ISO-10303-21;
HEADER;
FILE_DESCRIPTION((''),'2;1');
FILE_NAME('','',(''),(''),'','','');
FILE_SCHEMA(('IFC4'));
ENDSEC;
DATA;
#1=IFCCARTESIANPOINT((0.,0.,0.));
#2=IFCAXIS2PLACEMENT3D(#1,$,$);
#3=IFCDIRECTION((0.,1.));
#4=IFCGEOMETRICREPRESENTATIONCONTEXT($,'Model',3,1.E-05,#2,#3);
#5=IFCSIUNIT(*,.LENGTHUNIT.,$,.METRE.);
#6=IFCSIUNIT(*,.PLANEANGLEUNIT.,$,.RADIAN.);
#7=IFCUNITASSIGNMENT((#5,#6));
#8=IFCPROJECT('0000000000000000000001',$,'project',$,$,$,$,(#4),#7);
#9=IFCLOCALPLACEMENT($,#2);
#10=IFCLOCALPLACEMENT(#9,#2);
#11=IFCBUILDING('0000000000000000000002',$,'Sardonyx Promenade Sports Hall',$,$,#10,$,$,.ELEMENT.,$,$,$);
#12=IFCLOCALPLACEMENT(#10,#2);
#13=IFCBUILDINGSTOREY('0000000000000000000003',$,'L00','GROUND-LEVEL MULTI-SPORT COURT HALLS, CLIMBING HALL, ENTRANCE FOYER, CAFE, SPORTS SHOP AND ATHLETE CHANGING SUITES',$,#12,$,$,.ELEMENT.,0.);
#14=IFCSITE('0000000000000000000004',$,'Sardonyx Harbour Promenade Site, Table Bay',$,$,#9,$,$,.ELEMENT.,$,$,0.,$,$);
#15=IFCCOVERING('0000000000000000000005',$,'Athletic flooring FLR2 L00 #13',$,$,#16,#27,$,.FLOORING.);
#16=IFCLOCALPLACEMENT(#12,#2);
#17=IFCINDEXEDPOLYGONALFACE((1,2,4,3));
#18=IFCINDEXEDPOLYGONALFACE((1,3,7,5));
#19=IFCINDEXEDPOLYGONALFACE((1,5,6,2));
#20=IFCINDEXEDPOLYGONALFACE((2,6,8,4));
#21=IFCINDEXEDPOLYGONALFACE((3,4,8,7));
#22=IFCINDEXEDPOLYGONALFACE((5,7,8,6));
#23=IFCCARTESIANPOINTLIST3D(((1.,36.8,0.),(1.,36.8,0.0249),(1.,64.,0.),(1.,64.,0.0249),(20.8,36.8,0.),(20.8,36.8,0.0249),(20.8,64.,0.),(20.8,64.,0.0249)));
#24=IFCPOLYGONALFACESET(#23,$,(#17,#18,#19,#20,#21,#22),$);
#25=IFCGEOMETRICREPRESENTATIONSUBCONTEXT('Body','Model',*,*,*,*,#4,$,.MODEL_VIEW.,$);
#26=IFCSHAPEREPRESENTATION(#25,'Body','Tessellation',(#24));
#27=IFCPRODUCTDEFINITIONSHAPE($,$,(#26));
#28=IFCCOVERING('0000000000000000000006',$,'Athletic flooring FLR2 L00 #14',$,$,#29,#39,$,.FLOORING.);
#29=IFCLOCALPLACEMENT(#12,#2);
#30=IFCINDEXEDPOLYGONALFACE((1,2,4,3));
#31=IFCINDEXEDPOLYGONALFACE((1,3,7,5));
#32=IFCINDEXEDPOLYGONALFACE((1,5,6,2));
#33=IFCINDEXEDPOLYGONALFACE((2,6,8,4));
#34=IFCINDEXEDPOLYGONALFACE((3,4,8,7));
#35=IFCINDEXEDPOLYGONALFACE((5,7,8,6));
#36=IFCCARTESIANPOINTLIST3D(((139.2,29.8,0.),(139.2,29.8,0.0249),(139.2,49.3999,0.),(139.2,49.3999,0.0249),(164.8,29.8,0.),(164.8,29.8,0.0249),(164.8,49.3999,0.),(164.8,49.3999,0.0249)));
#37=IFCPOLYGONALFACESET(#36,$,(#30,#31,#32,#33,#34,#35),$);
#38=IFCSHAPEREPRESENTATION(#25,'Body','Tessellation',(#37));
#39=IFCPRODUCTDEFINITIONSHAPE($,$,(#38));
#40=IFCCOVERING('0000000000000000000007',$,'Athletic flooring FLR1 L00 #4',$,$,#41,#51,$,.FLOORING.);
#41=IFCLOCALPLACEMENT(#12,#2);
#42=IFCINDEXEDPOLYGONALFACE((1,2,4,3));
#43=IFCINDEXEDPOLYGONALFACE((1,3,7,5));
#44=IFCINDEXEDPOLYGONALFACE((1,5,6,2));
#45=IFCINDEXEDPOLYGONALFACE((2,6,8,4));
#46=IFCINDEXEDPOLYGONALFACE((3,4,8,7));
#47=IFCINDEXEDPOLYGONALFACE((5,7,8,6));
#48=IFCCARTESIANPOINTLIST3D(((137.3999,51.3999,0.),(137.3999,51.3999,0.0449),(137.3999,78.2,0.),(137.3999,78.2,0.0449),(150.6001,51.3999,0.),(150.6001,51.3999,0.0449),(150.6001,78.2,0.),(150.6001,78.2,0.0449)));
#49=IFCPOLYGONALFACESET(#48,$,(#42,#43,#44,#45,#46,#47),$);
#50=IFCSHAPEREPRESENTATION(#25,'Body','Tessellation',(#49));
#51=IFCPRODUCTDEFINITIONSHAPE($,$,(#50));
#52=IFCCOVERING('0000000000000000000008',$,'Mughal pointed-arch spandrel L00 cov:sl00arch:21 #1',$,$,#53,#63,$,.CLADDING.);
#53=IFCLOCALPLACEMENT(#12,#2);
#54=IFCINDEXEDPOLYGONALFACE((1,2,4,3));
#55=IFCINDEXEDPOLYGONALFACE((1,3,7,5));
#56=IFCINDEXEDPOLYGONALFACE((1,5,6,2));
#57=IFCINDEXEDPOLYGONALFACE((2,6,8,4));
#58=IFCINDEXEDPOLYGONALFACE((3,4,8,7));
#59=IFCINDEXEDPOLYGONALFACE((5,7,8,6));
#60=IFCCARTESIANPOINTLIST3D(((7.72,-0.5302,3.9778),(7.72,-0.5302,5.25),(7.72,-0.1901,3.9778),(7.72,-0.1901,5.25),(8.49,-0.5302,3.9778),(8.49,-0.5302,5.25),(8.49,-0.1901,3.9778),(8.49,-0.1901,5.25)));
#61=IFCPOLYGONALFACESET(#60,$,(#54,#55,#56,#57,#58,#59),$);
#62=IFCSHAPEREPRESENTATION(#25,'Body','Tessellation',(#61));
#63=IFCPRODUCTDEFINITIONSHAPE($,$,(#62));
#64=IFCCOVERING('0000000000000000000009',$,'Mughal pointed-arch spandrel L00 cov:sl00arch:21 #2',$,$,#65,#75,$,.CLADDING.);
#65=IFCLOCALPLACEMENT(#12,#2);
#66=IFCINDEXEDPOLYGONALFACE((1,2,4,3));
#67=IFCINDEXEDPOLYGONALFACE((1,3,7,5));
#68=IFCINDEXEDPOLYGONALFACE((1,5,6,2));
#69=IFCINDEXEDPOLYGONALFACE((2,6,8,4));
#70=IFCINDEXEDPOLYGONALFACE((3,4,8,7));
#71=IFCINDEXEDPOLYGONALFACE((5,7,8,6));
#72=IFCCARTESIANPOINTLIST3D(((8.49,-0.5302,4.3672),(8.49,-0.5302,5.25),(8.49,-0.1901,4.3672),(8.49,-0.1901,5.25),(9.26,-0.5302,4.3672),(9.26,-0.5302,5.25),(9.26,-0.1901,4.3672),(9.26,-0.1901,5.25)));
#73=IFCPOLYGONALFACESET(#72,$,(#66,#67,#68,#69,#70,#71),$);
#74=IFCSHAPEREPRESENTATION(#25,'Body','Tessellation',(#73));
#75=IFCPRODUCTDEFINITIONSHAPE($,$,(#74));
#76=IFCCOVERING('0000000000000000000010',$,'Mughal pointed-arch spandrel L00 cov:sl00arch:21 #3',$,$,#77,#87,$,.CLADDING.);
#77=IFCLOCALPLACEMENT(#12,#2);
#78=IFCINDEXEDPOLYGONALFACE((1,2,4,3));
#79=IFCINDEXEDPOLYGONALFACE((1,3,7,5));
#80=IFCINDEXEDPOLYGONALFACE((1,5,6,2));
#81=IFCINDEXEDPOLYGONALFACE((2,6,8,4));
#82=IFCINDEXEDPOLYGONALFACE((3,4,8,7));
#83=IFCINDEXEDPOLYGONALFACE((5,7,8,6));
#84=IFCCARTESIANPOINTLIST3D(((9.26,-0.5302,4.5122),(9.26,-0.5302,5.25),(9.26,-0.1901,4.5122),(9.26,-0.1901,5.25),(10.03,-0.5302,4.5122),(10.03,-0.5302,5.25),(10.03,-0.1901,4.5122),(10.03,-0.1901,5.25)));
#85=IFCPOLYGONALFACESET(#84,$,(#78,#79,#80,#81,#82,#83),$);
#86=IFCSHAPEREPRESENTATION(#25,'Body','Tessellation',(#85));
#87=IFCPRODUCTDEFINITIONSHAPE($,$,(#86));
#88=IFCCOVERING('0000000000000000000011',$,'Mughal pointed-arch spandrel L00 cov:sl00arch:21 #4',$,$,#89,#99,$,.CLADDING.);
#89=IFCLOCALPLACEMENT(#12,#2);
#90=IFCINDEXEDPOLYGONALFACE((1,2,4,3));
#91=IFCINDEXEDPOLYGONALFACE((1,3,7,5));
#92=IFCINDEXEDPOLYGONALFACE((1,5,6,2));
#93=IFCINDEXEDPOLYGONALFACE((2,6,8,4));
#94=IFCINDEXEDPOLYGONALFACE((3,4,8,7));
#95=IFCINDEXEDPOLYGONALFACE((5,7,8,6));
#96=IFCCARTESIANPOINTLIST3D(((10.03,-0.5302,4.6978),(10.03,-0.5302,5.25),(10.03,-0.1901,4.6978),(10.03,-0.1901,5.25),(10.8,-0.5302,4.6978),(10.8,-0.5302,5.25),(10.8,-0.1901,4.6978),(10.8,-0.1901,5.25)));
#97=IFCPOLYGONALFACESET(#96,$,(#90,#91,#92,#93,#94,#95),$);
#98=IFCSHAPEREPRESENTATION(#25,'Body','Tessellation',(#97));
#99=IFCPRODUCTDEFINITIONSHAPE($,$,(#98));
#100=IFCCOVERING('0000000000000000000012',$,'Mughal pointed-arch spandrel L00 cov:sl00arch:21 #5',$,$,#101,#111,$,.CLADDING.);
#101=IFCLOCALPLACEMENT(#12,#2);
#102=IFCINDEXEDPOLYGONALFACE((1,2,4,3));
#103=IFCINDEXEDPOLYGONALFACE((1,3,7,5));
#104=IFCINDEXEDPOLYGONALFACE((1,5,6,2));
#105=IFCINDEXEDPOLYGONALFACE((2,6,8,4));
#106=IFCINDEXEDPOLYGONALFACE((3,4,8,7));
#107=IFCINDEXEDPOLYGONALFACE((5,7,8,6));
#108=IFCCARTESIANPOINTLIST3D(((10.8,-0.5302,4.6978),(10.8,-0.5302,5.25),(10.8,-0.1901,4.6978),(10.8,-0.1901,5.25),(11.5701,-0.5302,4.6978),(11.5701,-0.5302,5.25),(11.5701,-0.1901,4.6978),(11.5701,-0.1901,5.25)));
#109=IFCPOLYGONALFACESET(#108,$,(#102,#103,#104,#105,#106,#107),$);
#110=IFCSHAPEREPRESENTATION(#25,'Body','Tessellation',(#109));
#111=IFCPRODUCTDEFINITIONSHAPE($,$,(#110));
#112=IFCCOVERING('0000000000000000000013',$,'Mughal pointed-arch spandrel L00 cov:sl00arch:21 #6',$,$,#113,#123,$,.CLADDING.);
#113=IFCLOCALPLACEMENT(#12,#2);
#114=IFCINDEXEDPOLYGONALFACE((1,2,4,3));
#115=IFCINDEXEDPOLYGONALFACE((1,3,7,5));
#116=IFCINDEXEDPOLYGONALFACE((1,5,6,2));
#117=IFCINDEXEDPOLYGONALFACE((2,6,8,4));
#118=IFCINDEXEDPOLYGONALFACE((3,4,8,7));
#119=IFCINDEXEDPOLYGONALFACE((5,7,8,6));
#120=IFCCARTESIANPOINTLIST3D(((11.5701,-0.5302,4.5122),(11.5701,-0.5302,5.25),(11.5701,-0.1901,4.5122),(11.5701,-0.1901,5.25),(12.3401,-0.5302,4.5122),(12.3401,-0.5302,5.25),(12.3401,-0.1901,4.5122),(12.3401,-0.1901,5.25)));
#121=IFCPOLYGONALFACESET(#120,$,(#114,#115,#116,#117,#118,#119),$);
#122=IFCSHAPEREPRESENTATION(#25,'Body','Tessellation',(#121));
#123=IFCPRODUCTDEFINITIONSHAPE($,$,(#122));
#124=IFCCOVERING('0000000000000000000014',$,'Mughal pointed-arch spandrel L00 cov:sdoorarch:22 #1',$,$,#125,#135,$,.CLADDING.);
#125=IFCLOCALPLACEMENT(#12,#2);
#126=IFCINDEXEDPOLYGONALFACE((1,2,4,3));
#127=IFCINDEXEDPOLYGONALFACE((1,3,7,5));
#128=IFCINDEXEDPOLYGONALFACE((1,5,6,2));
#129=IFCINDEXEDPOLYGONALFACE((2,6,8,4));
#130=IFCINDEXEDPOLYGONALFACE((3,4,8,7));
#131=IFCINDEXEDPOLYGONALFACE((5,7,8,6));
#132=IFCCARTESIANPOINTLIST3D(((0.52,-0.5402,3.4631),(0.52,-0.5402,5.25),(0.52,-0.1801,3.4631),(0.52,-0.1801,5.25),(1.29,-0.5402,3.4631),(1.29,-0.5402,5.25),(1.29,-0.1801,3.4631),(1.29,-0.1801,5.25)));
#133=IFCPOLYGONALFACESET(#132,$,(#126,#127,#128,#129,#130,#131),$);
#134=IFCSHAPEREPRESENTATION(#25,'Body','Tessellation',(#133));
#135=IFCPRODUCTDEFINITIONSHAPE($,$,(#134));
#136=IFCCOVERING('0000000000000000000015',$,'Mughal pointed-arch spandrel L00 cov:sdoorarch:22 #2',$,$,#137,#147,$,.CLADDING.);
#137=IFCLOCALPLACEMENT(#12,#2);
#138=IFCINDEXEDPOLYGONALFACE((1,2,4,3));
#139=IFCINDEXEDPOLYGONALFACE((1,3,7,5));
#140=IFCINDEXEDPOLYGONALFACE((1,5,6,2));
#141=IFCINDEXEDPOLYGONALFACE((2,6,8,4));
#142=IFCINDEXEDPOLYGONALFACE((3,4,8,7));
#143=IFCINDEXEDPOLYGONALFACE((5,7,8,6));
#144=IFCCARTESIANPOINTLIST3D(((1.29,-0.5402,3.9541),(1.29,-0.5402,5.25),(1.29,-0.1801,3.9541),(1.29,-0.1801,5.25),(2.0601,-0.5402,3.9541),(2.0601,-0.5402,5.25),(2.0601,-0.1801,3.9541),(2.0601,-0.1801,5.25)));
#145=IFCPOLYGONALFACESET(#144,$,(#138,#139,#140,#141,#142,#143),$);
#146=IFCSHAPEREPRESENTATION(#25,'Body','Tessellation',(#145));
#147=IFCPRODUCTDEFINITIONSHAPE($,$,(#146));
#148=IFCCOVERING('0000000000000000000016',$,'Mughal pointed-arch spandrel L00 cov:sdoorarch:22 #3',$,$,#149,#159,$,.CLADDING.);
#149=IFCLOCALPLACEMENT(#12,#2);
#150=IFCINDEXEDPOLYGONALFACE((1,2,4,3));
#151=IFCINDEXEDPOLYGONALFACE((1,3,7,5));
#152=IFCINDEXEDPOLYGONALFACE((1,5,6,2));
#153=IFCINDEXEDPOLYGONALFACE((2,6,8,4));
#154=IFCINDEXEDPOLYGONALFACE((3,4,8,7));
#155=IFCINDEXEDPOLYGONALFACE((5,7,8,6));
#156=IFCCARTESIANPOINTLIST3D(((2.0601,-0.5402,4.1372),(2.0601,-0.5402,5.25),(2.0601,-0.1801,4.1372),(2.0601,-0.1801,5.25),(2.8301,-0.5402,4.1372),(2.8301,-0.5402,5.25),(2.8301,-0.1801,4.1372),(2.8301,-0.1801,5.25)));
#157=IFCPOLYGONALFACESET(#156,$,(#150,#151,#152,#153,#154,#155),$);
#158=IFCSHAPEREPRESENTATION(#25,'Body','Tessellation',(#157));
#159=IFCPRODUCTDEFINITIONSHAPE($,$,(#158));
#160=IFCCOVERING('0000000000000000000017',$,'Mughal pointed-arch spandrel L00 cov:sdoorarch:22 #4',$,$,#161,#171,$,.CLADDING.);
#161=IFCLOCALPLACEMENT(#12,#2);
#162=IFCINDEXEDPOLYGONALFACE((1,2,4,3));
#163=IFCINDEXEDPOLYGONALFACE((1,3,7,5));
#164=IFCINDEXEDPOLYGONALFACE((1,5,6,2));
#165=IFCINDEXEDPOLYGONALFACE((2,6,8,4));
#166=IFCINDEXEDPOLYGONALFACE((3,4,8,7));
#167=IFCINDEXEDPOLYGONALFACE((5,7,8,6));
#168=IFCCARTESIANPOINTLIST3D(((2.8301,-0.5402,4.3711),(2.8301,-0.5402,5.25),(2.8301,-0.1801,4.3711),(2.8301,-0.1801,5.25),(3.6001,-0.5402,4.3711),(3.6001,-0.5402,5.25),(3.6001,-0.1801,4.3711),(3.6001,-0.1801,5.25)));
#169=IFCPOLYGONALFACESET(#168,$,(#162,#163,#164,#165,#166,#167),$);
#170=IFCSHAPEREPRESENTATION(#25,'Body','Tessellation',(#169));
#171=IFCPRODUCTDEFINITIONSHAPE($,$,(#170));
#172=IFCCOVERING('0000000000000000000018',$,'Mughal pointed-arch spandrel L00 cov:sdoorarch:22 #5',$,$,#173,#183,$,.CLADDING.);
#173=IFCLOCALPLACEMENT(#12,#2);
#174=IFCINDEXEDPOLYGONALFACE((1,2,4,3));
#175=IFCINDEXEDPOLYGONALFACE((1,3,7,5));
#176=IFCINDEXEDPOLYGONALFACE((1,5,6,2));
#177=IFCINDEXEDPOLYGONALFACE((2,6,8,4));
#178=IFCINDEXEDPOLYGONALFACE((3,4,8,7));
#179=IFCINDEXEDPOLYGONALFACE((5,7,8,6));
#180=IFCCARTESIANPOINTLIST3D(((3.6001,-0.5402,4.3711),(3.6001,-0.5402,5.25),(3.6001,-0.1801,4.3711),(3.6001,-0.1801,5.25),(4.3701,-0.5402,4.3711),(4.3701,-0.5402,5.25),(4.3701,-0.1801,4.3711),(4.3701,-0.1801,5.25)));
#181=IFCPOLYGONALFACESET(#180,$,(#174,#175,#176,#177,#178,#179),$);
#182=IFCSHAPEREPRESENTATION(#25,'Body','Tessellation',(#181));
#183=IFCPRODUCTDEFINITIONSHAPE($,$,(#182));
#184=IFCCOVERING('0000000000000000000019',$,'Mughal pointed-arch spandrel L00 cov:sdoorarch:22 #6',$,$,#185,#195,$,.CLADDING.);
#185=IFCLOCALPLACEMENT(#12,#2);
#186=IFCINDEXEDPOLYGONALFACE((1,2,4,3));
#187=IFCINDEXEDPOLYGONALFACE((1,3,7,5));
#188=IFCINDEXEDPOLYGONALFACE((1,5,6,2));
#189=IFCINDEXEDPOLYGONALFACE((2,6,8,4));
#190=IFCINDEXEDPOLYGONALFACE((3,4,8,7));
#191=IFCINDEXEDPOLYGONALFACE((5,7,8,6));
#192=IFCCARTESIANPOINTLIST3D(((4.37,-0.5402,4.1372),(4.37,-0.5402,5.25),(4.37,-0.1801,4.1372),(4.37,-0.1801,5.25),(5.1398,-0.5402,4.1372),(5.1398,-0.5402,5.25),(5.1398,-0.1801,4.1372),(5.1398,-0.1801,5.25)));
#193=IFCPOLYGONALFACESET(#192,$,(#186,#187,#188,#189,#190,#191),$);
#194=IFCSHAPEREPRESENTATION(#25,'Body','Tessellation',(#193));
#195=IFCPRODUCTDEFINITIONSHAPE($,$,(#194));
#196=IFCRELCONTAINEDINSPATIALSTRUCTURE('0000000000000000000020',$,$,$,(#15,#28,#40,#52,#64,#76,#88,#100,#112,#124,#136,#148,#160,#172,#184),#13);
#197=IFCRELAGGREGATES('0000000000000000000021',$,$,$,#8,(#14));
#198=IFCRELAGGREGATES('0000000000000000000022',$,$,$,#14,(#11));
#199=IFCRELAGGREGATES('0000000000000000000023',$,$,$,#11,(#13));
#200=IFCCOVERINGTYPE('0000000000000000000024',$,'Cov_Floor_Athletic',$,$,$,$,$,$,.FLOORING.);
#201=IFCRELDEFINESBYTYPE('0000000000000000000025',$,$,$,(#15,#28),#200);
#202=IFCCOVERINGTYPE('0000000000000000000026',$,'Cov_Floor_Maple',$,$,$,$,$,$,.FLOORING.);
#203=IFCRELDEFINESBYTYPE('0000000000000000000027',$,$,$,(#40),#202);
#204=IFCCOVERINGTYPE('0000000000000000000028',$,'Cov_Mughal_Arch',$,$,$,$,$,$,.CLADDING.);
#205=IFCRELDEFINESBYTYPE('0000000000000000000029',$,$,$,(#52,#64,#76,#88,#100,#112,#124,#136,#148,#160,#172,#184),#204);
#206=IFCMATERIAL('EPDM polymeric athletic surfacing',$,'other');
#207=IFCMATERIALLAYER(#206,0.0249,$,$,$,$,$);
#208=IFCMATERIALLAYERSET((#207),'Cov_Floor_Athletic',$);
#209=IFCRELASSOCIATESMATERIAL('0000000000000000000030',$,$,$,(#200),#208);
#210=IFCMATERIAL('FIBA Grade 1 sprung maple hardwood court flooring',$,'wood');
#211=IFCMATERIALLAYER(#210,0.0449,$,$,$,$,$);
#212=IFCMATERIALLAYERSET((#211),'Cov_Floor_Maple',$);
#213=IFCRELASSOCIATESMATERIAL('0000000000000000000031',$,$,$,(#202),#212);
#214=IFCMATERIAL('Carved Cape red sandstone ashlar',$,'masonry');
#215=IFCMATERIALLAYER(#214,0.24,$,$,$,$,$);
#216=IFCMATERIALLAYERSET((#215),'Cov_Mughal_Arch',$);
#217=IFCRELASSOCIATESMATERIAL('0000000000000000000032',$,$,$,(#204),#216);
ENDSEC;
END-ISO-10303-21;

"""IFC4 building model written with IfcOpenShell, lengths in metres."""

from ifc_helpers import new_model, si_unit, direction, frame, frame_2d, origin, place, context, subcontext, project, spatial, polyline, rectangle, outline, extrude, material, layer, layer_set, type_object, element, save


model = new_model("IFC4")

# Units and contexts
model_context = context("Model", 3, precision=1e-05, world=origin(), true_north=direction((0.0, 1.0)))
body_context = subcontext(model_context, "Body", "Model", "MODEL_VIEW")
ifc_project = project(units=[si_unit("LENGTHUNIT", "METRE"), si_unit("PLANEANGLEUNIT", "RADIAN")], contexts=[model_context])

# Site, building, storey
site_placement = place(None, origin())
site = spatial("IfcSite", under=ifc_project, at=site_placement, Name="Sardonyx Harbour Promenade Site, Table Bay", CompositionType="ELEMENT", RefElevation=0.0)
building_placement = place(site_placement, origin())
building = spatial("IfcBuilding", under=site, at=building_placement, Name="Sardonyx Promenade Sports Hall", CompositionType="ELEMENT")
storey_placement = place(building_placement, origin())
storey = spatial("IfcBuildingStorey", under=building, at=storey_placement, Name="L00", Description="GROUND-LEVEL MULTI-SPORT COURT HALLS, CLIMBING HALL, ENTRANCE FOYER, CAFE, SPORTS SHOP AND ATHLETE CHANGING SUITES", CompositionType="ELEMENT", Elevation=0.0)

# Coverings
ifc_material_1 = material(Name="EPDM polymeric athletic surfacing", Category="other")
ifc_layer_1 = layer(ifc_material_1, 0.0249)
ifc_layer_set_1 = layer_set([ifc_layer_1], Name="Cov_Floor_Athletic")
covering_type_1 = type_object("IfcCoveringType", Name="Cov_Floor_Athletic", PredefinedType="FLOORING", material=ifc_layer_set_1)
covering_1_placement = place(storey_placement, origin())
element("IfcCovering", 1, at=covering_1_placement, inside=storey, type_object=covering_type_1, Name="Athletic flooring FLR2 L00 #13", PredefinedType="FLOORING", context=body_context, shape_type="SweptSolid", body=[
    extrude(outline(polyline([(1.0, 36.8), (20.8, 36.8), (20.8, 64.0), (1.0, 64.0), (1.0, 36.8)])), origin(), (0.0, 0.0, 1.0), 0.0249),
])
covering_2_placement = place(storey_placement, origin())
element("IfcCovering", 2, at=covering_2_placement, inside=storey, type_object=covering_type_1, Name="Athletic flooring FLR2 L00 #14", PredefinedType="FLOORING", context=body_context, shape_type="SweptSolid", body=[
    extrude(outline(polyline([(139.2, 29.8), (164.8, 29.8), (164.8, 49.3999), (139.2, 49.3999), (139.2, 29.8)])), origin(), (0.0, 0.0, 1.0), 0.0249),
])
ifc_material_2 = material(Name="FIBA Grade 1 sprung maple hardwood court flooring", Category="wood")
ifc_layer_2 = layer(ifc_material_2, 0.0449)
ifc_layer_set_2 = layer_set([ifc_layer_2], Name="Cov_Floor_Maple")
covering_type_2 = type_object("IfcCoveringType", Name="Cov_Floor_Maple", PredefinedType="FLOORING", material=ifc_layer_set_2)
covering_3_placement = place(storey_placement, origin())
element("IfcCovering", 3, at=covering_3_placement, inside=storey, type_object=covering_type_2, Name="Athletic flooring FLR1 L00 #4", PredefinedType="FLOORING", context=body_context, shape_type="SweptSolid", body=[
    extrude(outline(polyline([(137.3999, 51.3999), (150.6001, 51.3999), (150.6001, 78.2), (137.3999, 78.2), (137.3999, 51.3999)])), origin(), (0.0, 0.0, 1.0), 0.0449),
])
ifc_material_3 = material(Name="Carved Cape red sandstone ashlar", Category="masonry")
ifc_layer_3 = layer(ifc_material_3, 0.24)
ifc_layer_set_3 = layer_set([ifc_layer_3], Name="Cov_Mughal_Arch")
covering_type_3 = type_object("IfcCoveringType", Name="Cov_Mughal_Arch", PredefinedType="CLADDING", material=ifc_layer_set_3)
covering_4_placement = place(storey_placement, frame((7.72, -0.3601, 3.9778), z_axis=(0.0, 0.0, 1.0), x_axis=(1.0, 0.0, 0.0)))
element("IfcCovering", 4, at=covering_4_placement, inside=storey, type_object=covering_type_3, Name="Mughal pointed-arch spandrel L00 cov:sl00arch:21 #1", PredefinedType="CLADDING", context=body_context, shape_type="SweptSolid", body=[
    extrude(rectangle(XDim=0.77, YDim=0.3401, at=frame_2d((0.385, 0.0))), origin(), (0.0, 0.0, 1.0), 1.2722),
])
covering_5_placement = place(storey_placement, frame((8.49, -0.3601, 4.3672), z_axis=(0.0, 0.0, 1.0), x_axis=(1.0, 0.0, 0.0)))
element("IfcCovering", 5, at=covering_5_placement, inside=storey, type_object=covering_type_3, Name="Mughal pointed-arch spandrel L00 cov:sl00arch:21 #2", PredefinedType="CLADDING", context=body_context, shape_type="SweptSolid", body=[
    extrude(rectangle(XDim=0.77, YDim=0.3401, at=frame_2d((0.385, 0.0))), origin(), (0.0, 0.0, 1.0), 0.8828),
])
covering_6_placement = place(storey_placement, frame((9.26, -0.3601, 4.5122), z_axis=(0.0, 0.0, 1.0), x_axis=(1.0, 0.0, 0.0)))
element("IfcCovering", 6, at=covering_6_placement, inside=storey, type_object=covering_type_3, Name="Mughal pointed-arch spandrel L00 cov:sl00arch:21 #3", PredefinedType="CLADDING", context=body_context, shape_type="SweptSolid", body=[
    extrude(rectangle(XDim=0.77, YDim=0.3401, at=frame_2d((0.385, 0.0))), origin(), (0.0, 0.0, 1.0), 0.7378),
])
for number, where, z_axis, x_axis, name in (
    (7, (10.03, -0.3601, 4.6978), (0.0, 0.0, 1.0), (1.0, 0.0, 0.0), "Mughal pointed-arch spandrel L00 cov:sl00arch:21 #4"),
    (8, (10.8, -0.3601, 4.6978), (0.0, 0.0, 1.0), (1.0, 0.0, 0.0), "Mughal pointed-arch spandrel L00 cov:sl00arch:21 #5"),
):
    element("IfcCovering", number, at=place(storey_placement, frame(where, z_axis=z_axis, x_axis=x_axis)), inside=storey, type_object=covering_type_3, Name=name, PredefinedType="CLADDING", context=body_context, shape_type="SweptSolid", body=[
        extrude(rectangle(XDim=0.77, YDim=0.3401, at=frame_2d((0.385, 0.0))), origin(), (0.0, 0.0, 1.0), 0.5522),
    ])
covering_7_placement = place(storey_placement, frame((11.5701, -0.3601, 4.5122), z_axis=(0.0, 0.0, 1.0), x_axis=(1.0, 0.0, 0.0)))
element("IfcCovering", 9, at=covering_7_placement, inside=storey, type_object=covering_type_3, Name="Mughal pointed-arch spandrel L00 cov:sl00arch:21 #6", PredefinedType="CLADDING", context=body_context, shape_type="SweptSolid", body=[
    extrude(rectangle(XDim=0.77, YDim=0.3401, at=frame_2d((0.385, 0.0))), origin(), (0.0, 0.0, 1.0), 0.7378),
])
covering_8_placement = place(storey_placement, frame((0.52, -0.3601, 3.4631), z_axis=(0.0, 0.0, 1.0), x_axis=(1.0, 0.0, 0.0)))
element("IfcCovering", 10, at=covering_8_placement, inside=storey, type_object=covering_type_3, Name="Mughal pointed-arch spandrel L00 cov:sdoorarch:22 #1", PredefinedType="CLADDING", context=body_context, shape_type="SweptSolid", body=[
    extrude(rectangle(XDim=0.77, YDim=0.3601, at=frame_2d((0.385, 0.0))), origin(), (0.0, 0.0, 1.0), 1.7869),
])
covering_9_placement = place(storey_placement, frame((1.29, -0.3601, 3.9541), z_axis=(0.0, 0.0, 1.0), x_axis=(1.0, 0.0, 0.0)))
element("IfcCovering", 11, at=covering_9_placement, inside=storey, type_object=covering_type_3, Name="Mughal pointed-arch spandrel L00 cov:sdoorarch:22 #2", PredefinedType="CLADDING", context=body_context, shape_type="SweptSolid", body=[
    extrude(rectangle(XDim=0.77, YDim=0.3601, at=frame_2d((0.385, 0.0))), origin(), (0.0, 0.0, 1.0), 1.2959),
])
covering_10_placement = place(storey_placement, frame((2.0601, -0.3601, 4.1372), z_axis=(0.0, 0.0, 1.0), x_axis=(1.0, 0.0, 0.0)))
element("IfcCovering", 12, at=covering_10_placement, inside=storey, type_object=covering_type_3, Name="Mughal pointed-arch spandrel L00 cov:sdoorarch:22 #3", PredefinedType="CLADDING", context=body_context, shape_type="SweptSolid", body=[
    extrude(rectangle(XDim=0.77, YDim=0.3601, at=frame_2d((0.385, 0.0))), origin(), (0.0, 0.0, 1.0), 1.1128),
])
for number, where, z_axis, x_axis, name in (
    (13, (2.8301, -0.3601, 4.3711), (0.0, 0.0, 1.0), (1.0, 0.0, 0.0), "Mughal pointed-arch spandrel L00 cov:sdoorarch:22 #4"),
    (14, (3.6001, -0.3601, 4.3711), (0.0, 0.0, 1.0), (1.0, 0.0, 0.0), "Mughal pointed-arch spandrel L00 cov:sdoorarch:22 #5"),
):
    element("IfcCovering", number, at=place(storey_placement, frame(where, z_axis=z_axis, x_axis=x_axis)), inside=storey, type_object=covering_type_3, Name=name, PredefinedType="CLADDING", context=body_context, shape_type="SweptSolid", body=[
        extrude(rectangle(XDim=0.77, YDim=0.3601, at=frame_2d((0.385, 0.0))), origin(), (0.0, 0.0, 1.0), 0.8789),
    ])
covering_11_placement = place(storey_placement, frame((4.3701, -0.3601, 4.1372), z_axis=(0.0, 0.0, 1.0), x_axis=(1.0, 0.0, 0.0)))
element("IfcCovering", 15, at=covering_11_placement, inside=storey, type_object=covering_type_3, Name="Mughal pointed-arch spandrel L00 cov:sdoorarch:22 #6", PredefinedType="CLADDING", context=body_context, shape_type="SweptSolid", body=[
    extrude(rectangle(XDim=0.7698, YDim=0.3601, at=frame_2d((0.3848, 0.0))), origin(), (0.0, 0.0, 1.0), 1.1128),
])

save(model, "model.ifc")
